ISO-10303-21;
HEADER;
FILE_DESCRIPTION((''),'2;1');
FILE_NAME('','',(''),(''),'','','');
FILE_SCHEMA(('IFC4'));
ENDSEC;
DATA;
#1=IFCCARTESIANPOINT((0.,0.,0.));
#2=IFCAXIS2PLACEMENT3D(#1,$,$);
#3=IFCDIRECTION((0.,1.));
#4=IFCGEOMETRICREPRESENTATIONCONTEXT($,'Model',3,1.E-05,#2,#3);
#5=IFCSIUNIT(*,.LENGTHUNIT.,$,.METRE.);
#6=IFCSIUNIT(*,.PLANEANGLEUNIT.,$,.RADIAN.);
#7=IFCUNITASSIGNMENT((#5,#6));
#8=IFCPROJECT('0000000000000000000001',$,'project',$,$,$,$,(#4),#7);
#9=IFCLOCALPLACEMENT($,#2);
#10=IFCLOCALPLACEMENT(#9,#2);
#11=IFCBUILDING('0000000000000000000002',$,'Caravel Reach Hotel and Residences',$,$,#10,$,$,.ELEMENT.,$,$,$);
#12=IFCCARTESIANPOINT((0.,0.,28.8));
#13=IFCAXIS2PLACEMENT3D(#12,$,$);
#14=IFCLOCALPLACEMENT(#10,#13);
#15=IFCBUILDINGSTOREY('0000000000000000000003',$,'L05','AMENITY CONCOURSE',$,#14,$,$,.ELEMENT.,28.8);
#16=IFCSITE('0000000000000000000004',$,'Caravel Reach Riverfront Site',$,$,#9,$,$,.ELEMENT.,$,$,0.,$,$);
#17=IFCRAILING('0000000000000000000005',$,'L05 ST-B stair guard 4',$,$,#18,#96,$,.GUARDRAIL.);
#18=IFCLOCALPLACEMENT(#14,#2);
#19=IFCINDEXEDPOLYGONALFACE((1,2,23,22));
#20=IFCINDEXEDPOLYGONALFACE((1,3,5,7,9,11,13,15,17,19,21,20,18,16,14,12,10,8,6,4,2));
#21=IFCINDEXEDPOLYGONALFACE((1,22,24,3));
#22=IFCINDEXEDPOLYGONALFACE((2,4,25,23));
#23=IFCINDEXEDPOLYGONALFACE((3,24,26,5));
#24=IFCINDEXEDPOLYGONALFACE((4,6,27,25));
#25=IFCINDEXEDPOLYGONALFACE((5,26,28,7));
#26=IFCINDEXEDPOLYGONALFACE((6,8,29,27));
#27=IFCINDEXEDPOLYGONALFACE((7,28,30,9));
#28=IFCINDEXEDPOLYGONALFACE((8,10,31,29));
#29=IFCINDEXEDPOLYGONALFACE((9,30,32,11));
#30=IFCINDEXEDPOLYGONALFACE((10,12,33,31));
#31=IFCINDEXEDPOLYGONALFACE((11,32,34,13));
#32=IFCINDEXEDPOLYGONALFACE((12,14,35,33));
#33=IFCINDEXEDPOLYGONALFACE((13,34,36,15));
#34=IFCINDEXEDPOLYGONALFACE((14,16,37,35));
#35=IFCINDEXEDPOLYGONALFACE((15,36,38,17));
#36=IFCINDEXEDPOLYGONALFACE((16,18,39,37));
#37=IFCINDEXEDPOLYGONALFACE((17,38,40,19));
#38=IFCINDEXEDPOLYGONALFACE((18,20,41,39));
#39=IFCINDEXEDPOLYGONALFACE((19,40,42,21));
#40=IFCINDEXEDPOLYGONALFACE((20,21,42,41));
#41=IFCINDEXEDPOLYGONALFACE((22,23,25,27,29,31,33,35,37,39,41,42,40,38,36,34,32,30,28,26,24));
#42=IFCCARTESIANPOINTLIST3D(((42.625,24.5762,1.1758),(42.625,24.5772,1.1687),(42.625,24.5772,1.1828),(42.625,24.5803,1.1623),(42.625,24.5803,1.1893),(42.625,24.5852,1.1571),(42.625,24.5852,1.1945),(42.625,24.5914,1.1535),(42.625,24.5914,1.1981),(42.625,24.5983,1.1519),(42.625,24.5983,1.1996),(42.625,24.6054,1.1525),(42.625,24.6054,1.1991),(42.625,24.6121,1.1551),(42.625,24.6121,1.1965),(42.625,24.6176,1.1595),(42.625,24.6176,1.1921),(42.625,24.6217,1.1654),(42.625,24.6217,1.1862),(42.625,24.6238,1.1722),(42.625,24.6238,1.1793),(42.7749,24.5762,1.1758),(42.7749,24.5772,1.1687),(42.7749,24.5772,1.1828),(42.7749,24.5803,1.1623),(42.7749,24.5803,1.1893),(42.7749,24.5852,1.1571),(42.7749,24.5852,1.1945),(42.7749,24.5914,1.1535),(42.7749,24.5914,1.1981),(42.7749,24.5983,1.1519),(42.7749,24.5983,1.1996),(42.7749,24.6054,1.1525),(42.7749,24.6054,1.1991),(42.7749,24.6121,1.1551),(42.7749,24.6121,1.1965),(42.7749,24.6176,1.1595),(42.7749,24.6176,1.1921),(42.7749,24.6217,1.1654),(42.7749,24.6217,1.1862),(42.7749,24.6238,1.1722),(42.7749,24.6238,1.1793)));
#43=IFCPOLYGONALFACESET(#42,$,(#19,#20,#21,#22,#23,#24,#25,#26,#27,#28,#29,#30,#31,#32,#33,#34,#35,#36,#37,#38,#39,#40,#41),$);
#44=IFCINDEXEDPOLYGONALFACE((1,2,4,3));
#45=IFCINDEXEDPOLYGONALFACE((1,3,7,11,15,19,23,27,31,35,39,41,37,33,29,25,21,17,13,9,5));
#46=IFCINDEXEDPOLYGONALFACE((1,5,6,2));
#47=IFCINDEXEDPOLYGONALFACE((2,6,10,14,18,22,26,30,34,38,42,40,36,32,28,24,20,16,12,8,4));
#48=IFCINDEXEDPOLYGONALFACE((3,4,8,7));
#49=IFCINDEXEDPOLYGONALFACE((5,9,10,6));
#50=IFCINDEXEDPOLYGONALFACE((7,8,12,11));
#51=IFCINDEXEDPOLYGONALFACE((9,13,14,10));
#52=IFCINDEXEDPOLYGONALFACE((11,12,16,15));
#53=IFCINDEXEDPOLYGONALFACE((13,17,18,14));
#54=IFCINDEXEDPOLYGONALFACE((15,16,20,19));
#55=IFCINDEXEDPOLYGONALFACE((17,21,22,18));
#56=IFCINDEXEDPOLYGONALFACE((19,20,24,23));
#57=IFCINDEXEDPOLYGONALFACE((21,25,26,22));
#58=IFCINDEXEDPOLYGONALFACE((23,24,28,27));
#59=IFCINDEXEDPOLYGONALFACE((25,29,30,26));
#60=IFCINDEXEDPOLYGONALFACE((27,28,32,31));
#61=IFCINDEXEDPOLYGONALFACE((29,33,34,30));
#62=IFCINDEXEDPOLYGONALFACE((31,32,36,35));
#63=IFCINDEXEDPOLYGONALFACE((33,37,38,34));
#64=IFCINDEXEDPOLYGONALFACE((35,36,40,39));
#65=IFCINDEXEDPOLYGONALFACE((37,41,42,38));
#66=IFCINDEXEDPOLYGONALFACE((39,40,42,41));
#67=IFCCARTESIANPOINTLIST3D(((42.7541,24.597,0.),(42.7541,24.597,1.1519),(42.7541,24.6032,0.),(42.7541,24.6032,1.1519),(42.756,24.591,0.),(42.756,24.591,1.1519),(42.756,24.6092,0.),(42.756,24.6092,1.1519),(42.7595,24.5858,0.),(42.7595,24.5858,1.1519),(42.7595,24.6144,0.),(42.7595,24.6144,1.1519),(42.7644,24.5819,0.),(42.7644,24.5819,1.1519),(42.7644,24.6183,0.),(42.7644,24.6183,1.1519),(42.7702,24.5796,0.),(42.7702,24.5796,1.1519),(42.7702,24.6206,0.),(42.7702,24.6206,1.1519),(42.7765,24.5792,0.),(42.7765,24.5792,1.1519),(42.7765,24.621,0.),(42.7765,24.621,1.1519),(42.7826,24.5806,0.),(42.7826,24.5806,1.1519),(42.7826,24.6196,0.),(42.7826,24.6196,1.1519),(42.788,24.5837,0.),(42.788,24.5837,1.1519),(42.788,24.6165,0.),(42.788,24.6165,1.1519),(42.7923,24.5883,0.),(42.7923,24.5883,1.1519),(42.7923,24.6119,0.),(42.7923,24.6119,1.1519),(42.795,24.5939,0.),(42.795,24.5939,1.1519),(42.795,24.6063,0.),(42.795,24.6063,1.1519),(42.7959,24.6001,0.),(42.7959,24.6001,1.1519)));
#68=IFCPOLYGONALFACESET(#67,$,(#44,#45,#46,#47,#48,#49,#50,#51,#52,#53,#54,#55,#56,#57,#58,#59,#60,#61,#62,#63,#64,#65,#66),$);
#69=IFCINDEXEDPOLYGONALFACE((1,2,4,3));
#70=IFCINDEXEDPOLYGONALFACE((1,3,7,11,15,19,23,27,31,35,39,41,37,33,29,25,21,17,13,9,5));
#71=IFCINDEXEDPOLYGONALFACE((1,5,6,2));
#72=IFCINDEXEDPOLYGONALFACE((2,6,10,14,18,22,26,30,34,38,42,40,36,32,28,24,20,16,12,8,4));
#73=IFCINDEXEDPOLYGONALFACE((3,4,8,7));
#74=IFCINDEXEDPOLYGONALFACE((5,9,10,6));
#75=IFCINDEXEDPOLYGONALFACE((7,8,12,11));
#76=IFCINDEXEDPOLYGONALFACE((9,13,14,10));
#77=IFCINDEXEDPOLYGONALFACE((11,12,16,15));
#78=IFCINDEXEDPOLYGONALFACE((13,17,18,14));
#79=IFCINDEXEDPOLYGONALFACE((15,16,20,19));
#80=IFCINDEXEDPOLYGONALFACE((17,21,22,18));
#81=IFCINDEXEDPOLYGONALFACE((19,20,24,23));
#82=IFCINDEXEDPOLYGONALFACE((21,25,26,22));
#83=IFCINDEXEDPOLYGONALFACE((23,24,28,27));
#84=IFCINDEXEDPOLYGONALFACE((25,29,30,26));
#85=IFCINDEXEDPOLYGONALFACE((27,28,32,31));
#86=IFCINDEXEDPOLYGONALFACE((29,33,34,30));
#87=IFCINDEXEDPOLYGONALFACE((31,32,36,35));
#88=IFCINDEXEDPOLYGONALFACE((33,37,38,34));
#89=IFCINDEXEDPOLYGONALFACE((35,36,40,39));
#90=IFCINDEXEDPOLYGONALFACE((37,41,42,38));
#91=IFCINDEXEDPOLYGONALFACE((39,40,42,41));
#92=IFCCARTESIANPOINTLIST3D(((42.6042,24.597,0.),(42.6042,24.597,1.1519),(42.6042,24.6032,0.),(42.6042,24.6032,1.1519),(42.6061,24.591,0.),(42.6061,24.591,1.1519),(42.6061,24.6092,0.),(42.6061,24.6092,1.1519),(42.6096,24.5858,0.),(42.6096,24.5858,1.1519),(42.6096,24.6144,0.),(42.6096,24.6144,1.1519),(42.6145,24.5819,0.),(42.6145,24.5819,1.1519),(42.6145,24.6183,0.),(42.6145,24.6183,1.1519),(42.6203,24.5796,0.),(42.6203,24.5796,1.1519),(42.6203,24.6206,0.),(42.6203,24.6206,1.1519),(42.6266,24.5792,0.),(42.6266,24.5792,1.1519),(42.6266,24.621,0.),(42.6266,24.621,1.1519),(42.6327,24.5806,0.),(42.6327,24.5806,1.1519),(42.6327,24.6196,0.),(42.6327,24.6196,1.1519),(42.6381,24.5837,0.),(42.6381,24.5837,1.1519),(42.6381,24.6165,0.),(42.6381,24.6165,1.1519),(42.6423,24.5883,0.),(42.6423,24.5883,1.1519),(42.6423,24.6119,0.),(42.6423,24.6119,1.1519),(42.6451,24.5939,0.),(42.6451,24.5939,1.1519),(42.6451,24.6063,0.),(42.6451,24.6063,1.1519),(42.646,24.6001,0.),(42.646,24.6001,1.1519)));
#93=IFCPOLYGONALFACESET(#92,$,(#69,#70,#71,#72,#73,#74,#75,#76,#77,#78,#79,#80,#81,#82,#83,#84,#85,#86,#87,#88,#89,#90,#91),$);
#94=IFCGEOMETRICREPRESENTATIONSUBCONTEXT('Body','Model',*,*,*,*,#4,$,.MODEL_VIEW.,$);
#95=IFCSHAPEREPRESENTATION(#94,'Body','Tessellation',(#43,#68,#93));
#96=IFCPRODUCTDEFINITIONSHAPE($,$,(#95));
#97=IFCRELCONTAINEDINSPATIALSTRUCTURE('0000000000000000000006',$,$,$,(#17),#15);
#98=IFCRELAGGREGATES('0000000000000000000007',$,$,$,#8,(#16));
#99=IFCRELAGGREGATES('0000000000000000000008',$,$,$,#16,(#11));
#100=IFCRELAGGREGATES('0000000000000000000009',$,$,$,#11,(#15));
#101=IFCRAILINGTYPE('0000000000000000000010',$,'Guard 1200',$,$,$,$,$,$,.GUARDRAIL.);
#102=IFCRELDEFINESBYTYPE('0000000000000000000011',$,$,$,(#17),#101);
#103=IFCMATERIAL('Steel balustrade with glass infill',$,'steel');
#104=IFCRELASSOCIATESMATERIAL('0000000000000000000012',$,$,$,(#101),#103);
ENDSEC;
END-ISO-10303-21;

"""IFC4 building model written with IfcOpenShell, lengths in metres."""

from ifc_helpers import new_model, si_unit, direction, frame, origin, origin_2d, place, context, subcontext, project, spatial, circle, extrude, material, type_object, element, save


model = new_model("IFC4")

# Units and contexts
model_context = context("Model", 3, precision=1e-05, world=origin(), true_north=direction((0.0, 1.0)))
body_context = subcontext(model_context, "Body", "Model", "MODEL_VIEW")
ifc_project = project(units=[si_unit("LENGTHUNIT", "METRE"), si_unit("PLANEANGLEUNIT", "RADIAN")], contexts=[model_context])

# Site, building, storey
site_placement = place(None, origin())
site = spatial("IfcSite", under=ifc_project, at=site_placement, Name="Caravel Reach Riverfront Site", CompositionType="ELEMENT", RefElevation=0.0)
building_placement = place(site_placement, origin())
building = spatial("IfcBuilding", under=site, at=building_placement, Name="Caravel Reach Hotel and Residences", CompositionType="ELEMENT")
storey_placement = place(building_placement, frame((0.0, 0.0, 28.8)))
storey = spatial("IfcBuildingStorey", under=building, at=storey_placement, Name="L05", Description="AMENITY CONCOURSE", CompositionType="ELEMENT", Elevation=28.8)

# Railing
ifc_material_1 = material(Name="Steel balustrade with glass infill", Category="steel")
railing_type_1 = type_object("IfcRailingType", Name="Guard 1200", PredefinedType="GUARDRAIL", material=ifc_material_1)
railing_1_placement = place(storey_placement, frame((42.7749, 24.6001, 0.0)))
element("IfcRailing", 1, at=railing_1_placement, inside=storey, type_object=railing_type_1, Name="L05 ST-B stair guard 4", PredefinedType="GUARDRAIL", context=body_context, shape_type="SweptSolid", body=[
    extrude(circle(Radius=0.0239, at=origin_2d()), frame((0.0, 0.0, 1.1758), z_axis=(-1.0, 0.0, 0.0), x_axis=(0.0, -1.0, 0.0)), (0.0, 0.0, 1.0), 0.1499),
    extrude(circle(Radius=0.021, at=origin_2d()), origin(), (0.0, 0.0, 1.0), 1.1519),
    extrude(circle(Radius=0.021, at=origin_2d()), frame((-0.1499, 0.0, 0.0)), (0.0, 0.0, 1.0), 1.1519),
])

save(model, "model.ifc")
